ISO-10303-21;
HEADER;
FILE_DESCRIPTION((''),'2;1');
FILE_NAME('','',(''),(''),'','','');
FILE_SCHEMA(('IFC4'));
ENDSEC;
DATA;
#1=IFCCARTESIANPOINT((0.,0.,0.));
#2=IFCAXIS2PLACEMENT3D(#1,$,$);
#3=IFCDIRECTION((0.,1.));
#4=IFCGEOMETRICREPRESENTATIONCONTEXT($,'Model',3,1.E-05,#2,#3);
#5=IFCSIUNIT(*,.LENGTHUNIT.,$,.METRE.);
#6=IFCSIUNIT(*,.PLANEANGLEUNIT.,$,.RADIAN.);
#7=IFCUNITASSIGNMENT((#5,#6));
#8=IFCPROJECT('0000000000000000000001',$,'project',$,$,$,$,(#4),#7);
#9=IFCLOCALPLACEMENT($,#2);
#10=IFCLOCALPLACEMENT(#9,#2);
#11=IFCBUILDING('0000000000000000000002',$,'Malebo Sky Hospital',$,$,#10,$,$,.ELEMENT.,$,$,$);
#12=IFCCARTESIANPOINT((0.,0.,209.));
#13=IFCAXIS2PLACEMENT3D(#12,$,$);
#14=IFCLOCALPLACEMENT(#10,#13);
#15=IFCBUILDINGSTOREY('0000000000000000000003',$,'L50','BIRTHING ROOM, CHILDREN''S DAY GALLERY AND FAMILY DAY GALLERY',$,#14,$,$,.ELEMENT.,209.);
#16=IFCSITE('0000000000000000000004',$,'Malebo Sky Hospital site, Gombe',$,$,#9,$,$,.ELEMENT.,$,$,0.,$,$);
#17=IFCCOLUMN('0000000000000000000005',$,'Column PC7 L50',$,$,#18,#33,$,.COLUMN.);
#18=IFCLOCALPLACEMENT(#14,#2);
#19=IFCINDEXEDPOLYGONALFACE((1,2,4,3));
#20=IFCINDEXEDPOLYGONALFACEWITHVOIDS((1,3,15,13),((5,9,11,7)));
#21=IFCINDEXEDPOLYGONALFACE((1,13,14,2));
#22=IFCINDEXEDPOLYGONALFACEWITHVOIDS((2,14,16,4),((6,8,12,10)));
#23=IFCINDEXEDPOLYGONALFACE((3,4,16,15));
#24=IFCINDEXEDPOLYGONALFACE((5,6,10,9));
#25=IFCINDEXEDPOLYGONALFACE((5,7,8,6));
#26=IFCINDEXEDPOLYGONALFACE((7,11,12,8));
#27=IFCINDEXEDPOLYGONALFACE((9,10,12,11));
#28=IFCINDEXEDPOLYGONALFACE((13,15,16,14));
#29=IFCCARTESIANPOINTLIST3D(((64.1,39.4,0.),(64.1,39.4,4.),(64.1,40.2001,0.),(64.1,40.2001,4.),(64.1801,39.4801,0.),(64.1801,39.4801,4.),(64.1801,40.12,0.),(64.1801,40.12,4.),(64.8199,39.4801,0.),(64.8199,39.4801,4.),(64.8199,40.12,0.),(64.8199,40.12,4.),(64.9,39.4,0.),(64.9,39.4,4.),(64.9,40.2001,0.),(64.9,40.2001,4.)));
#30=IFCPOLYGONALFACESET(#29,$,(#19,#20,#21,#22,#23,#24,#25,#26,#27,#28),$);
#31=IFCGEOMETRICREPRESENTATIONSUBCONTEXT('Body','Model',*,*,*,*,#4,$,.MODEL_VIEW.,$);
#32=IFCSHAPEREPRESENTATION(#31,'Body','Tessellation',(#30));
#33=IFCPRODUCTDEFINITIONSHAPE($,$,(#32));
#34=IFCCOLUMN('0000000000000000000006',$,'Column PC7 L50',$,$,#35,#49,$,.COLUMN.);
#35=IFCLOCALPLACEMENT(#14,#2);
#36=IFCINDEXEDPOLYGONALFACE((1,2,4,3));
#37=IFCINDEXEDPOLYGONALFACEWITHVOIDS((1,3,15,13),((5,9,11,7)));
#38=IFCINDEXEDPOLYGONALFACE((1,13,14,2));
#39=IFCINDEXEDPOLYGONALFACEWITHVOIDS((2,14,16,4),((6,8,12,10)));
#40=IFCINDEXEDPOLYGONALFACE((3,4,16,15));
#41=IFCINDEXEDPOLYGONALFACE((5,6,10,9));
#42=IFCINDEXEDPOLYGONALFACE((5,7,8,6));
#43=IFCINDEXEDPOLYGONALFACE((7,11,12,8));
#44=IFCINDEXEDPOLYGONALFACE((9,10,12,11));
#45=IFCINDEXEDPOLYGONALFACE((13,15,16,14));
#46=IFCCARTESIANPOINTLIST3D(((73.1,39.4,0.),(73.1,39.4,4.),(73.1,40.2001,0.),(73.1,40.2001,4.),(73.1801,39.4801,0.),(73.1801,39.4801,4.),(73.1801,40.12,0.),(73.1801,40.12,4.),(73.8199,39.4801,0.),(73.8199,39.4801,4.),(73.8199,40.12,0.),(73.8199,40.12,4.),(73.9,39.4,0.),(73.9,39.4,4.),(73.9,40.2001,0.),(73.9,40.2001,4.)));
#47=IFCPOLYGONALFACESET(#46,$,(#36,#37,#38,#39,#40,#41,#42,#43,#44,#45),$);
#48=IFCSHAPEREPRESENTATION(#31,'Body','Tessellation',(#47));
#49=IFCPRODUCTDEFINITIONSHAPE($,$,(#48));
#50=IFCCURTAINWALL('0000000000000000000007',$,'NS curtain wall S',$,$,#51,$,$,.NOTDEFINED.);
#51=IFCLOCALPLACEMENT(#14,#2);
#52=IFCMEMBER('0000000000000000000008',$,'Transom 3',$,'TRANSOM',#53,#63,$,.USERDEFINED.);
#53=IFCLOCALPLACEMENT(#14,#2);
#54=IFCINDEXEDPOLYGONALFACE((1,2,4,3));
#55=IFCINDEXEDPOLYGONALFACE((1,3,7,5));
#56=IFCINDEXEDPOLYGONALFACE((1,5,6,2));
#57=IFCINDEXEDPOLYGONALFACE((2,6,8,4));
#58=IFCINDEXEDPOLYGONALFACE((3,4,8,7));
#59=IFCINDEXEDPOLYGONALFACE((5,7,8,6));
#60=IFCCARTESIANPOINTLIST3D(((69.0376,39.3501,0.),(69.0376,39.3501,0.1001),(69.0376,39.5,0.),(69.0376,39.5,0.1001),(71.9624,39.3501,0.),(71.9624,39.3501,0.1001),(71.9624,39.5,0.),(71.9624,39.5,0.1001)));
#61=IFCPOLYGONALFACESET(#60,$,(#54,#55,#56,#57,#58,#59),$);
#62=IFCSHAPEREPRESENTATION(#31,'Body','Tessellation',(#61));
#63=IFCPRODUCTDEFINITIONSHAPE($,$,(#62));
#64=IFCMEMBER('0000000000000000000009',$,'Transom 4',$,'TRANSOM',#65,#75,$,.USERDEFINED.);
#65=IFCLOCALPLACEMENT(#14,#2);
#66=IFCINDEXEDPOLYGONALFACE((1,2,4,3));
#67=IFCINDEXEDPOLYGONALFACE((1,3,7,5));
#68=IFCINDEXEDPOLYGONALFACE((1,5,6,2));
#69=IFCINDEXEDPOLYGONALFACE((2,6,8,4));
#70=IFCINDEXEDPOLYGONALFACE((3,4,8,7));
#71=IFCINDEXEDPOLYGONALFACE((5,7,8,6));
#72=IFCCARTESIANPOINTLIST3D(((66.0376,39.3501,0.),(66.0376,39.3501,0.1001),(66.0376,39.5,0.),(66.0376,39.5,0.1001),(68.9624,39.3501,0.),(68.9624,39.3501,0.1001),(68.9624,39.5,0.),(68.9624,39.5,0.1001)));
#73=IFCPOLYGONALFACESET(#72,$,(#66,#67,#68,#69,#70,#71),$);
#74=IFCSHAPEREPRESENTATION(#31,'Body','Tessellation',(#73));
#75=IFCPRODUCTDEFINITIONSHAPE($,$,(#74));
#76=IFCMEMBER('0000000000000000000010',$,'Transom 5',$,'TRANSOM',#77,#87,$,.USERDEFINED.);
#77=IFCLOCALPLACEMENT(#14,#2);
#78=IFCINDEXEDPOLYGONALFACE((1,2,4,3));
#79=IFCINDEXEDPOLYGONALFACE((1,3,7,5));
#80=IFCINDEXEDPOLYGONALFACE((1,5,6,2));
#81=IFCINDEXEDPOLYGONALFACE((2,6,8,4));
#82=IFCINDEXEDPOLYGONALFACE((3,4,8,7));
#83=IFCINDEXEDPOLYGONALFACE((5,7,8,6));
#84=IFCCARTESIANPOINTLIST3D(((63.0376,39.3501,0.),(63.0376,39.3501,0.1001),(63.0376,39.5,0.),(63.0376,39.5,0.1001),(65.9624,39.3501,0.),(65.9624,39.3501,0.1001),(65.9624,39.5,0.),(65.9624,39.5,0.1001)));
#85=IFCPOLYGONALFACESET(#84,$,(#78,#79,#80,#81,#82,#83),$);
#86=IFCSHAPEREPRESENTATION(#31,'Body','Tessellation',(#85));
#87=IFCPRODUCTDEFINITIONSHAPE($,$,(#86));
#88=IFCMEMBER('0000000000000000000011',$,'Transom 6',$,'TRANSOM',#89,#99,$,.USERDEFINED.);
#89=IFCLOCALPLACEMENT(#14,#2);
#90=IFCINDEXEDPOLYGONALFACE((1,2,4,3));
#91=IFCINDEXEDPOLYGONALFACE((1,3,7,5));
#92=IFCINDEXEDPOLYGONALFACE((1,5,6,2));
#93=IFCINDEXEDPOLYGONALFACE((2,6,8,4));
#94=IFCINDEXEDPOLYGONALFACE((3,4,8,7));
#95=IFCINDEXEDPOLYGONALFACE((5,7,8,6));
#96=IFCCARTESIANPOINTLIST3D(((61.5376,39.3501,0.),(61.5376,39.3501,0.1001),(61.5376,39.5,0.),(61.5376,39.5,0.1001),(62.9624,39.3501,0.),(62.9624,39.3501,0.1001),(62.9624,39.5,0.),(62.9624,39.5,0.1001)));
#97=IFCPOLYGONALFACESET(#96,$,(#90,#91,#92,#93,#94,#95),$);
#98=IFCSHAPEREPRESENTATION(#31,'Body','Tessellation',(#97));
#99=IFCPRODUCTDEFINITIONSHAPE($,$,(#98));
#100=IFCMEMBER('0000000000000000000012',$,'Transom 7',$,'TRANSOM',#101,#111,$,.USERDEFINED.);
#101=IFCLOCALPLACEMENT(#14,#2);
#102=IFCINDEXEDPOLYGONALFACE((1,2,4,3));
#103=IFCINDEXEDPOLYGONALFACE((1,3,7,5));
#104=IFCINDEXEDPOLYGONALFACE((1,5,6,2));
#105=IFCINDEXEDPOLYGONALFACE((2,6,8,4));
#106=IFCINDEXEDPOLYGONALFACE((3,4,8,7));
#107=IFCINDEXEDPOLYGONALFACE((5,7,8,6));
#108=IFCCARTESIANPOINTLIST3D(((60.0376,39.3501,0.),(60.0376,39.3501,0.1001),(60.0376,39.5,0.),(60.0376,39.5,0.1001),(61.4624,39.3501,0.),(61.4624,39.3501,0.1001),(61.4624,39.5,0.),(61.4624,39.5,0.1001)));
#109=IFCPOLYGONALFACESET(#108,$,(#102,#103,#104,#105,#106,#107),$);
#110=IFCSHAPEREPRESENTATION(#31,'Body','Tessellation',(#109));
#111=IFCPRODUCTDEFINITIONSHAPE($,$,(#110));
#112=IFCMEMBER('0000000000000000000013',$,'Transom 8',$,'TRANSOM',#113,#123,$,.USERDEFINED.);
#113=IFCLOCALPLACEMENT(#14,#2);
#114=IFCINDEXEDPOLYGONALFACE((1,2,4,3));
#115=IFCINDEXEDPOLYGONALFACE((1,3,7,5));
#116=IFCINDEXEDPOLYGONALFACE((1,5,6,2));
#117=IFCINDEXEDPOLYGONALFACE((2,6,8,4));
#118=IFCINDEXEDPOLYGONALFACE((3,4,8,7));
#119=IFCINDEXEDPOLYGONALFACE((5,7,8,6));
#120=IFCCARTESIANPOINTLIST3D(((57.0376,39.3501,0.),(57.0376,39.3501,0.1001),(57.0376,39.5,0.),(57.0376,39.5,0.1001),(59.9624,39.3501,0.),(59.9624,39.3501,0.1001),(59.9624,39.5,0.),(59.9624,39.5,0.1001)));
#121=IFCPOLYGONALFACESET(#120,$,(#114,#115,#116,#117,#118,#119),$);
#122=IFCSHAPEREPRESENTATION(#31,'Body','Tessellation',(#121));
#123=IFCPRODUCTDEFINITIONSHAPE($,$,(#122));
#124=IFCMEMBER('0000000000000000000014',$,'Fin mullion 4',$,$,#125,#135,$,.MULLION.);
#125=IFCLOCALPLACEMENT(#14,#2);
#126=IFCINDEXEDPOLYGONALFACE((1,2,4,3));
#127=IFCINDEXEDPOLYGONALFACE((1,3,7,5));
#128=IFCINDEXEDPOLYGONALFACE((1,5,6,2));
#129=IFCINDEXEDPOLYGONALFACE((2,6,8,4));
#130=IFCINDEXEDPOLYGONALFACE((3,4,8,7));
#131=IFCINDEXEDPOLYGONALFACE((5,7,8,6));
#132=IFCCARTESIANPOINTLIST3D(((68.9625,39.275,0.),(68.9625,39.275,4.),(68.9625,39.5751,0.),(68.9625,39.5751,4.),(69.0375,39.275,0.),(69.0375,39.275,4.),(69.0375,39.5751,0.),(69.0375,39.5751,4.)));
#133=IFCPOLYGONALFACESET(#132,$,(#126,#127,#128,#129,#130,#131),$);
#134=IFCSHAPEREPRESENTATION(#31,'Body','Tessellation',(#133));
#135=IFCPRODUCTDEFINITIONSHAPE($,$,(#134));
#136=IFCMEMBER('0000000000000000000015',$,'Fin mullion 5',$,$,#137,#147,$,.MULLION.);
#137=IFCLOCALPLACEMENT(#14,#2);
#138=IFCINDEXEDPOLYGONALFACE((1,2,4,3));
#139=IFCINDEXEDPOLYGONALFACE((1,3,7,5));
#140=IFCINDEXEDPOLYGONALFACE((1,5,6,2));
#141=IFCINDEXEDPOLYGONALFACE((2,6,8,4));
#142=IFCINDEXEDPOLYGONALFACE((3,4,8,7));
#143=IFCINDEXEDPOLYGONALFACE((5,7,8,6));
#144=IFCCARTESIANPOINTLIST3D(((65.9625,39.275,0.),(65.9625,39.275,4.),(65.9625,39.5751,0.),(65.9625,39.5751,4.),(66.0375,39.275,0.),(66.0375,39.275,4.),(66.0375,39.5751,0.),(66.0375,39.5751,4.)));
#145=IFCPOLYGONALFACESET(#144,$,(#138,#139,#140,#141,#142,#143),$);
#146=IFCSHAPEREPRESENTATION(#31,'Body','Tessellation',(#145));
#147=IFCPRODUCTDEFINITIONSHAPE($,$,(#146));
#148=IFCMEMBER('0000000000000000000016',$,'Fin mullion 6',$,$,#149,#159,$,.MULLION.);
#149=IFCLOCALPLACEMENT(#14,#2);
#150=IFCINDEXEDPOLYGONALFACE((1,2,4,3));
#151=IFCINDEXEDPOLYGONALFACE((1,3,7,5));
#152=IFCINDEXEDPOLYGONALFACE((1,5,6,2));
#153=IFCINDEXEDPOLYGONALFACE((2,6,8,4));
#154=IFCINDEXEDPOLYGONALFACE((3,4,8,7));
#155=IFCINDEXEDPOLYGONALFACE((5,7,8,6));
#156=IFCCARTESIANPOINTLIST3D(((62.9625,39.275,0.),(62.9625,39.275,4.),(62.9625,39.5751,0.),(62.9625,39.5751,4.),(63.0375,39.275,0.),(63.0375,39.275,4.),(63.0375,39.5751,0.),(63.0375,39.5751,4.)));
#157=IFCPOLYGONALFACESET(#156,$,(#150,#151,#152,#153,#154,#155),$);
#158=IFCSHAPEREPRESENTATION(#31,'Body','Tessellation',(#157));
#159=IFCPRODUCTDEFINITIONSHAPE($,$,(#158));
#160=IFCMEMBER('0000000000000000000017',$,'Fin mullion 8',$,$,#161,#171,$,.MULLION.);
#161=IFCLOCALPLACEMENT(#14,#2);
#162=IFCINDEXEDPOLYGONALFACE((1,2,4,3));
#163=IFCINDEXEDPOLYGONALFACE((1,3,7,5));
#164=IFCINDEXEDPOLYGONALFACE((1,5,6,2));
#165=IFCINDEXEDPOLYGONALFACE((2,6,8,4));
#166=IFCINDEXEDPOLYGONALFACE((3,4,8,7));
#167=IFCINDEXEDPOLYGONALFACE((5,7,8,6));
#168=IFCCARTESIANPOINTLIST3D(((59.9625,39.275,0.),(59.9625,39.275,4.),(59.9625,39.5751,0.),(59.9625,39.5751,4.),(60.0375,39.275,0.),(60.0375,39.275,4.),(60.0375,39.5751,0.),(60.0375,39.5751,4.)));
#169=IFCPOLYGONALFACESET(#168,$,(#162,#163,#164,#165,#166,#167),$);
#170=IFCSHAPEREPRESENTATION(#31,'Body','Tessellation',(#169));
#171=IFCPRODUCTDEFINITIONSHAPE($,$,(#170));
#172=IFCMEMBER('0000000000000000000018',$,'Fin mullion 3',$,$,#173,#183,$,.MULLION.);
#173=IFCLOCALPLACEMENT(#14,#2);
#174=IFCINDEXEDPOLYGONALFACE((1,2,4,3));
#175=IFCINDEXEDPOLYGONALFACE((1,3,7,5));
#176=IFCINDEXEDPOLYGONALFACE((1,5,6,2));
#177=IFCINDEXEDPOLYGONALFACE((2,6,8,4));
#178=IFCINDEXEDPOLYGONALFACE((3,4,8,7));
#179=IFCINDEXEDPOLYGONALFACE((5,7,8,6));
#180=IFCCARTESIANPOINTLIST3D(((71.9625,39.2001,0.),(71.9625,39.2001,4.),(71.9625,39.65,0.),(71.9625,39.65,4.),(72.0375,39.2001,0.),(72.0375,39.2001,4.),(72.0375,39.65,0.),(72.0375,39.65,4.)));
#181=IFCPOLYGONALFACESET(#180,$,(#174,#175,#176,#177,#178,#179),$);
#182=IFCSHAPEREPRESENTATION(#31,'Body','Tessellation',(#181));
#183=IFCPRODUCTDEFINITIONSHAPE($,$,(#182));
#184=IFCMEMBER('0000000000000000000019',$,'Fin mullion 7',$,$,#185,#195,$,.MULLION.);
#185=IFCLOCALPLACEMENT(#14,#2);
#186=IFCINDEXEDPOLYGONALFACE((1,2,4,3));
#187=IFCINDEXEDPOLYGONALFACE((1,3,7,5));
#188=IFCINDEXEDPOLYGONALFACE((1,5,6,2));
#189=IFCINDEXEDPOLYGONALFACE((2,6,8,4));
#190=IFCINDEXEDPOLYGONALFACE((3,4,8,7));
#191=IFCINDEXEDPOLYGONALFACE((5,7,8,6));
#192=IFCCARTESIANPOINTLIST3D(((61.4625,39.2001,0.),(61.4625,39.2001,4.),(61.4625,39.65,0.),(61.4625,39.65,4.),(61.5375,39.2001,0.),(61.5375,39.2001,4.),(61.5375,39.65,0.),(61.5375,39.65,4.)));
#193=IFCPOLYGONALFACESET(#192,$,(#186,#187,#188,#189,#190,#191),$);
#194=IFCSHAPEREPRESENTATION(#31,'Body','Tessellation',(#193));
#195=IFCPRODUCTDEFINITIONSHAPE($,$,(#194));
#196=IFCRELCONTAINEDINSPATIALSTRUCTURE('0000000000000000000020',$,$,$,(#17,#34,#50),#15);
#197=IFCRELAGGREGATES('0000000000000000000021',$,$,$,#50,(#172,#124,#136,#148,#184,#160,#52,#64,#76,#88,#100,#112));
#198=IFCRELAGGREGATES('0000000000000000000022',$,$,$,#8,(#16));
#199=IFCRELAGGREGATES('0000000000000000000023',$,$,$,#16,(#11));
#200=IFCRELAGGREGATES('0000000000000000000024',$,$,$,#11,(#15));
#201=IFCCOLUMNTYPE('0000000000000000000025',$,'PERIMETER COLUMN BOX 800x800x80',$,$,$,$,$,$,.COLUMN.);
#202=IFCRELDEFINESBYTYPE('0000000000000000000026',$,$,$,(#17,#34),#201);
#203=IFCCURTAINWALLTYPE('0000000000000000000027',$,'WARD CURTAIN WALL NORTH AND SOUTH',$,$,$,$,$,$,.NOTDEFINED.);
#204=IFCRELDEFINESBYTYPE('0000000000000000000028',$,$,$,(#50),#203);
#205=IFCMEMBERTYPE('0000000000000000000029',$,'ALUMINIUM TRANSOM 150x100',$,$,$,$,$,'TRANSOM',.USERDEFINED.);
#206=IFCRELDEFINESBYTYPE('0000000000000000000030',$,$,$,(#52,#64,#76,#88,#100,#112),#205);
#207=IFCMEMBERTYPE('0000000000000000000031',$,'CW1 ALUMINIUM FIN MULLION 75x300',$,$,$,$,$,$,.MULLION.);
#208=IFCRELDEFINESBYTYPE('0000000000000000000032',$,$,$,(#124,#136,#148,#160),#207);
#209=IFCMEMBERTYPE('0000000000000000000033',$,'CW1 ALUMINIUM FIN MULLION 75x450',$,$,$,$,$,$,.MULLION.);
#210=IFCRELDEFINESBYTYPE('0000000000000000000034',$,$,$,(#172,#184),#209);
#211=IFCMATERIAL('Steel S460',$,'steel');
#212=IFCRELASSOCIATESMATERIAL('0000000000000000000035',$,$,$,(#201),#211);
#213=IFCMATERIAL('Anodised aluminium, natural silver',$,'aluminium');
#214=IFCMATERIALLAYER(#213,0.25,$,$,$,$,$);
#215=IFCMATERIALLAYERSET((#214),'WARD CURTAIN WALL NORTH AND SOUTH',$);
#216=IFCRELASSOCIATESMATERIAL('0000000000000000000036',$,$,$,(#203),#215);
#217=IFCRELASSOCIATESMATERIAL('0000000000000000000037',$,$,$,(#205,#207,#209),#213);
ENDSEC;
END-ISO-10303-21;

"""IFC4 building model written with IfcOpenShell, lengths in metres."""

from ifc_helpers import new_model, si_unit, direction, frame, origin, origin_2d, place, context, subcontext, project, spatial, rectangle, hollow_rectangle, extrude, material, layer, layer_set, material_profile, profile_set, type_object, element, aggregate, save


model = new_model("IFC4")

# Units and contexts
model_context = context("Model", 3, precision=1e-05, world=origin(), true_north=direction((0.0, 1.0)))
body_context = subcontext(model_context, "Body", "Model", "MODEL_VIEW")
ifc_project = project(units=[si_unit("LENGTHUNIT", "METRE"), si_unit("PLANEANGLEUNIT", "RADIAN")], contexts=[model_context])

# Site, building, storey
site_placement = place(None, origin())
site = spatial("IfcSite", under=ifc_project, at=site_placement, Name="Malebo Sky Hospital site, Gombe", CompositionType="ELEMENT", RefElevation=0.0)
building_placement = place(site_placement, origin())
building = spatial("IfcBuilding", under=site, at=building_placement, Name="Malebo Sky Hospital", CompositionType="ELEMENT")
storey_placement = place(building_placement, frame((0.0, 0.0, 209.0)))
storey = spatial("IfcBuildingStorey", under=building, at=storey_placement, Name="L50", Description="BIRTHING ROOM, CHILDREN'S DAY GALLERY AND FAMILY DAY GALLERY", CompositionType="ELEMENT", Elevation=209.0)

# Columns
ifc_material_1 = material(Name="Steel S460", Category="steel")
ifc_material_profile_1 = material_profile(ifc_material_1, hollow_rectangle(XDim=0.8, YDim=0.8, WallThickness=0.0801, at=origin_2d()), Name="BOX 800x800x80")
ifc_profile_set_1 = profile_set([ifc_material_profile_1], Name="Steel S460")
column_type = type_object("IfcColumnType", Name="PERIMETER COLUMN BOX 800x800x80", PredefinedType="COLUMN", material=ifc_profile_set_1)
for number, where, z_axis, x_axis, name in (
    (1, (64.5, 39.8, 0.0), (0.0, 0.0, 1.0), (1.0, 0.0, 0.0), "Column PC7 L50"),
    (2, (73.5, 39.8, 0.0), (0.0, 0.0, 1.0), (1.0, 0.0, 0.0), "Column PC7 L50"),
):
    element("IfcColumn", number, at=place(storey_placement, frame(where, z_axis=z_axis, x_axis=x_axis)), inside=storey, type_object=column_type, Name=name, PredefinedType="COLUMN", context=body_context, shape_type="SweptSolid", body=[
        extrude(hollow_rectangle(XDim=0.8, YDim=0.8, WallThickness=0.0801, at=origin_2d()), origin(), (0.0, 0.0, 1.0), 4.0),
    ])

# Curtain wall, members
ifc_material_2 = material(Name="Anodised aluminium, natural silver", Category="aluminium")
ifc_layer_1 = layer(ifc_material_2, 0.25)
ifc_layer_set_1 = layer_set([ifc_layer_1], Name="WARD CURTAIN WALL NORTH AND SOUTH")
curtain_wall_type = type_object("IfcCurtainWallType", Name="WARD CURTAIN WALL NORTH AND SOUTH", PredefinedType="NOTDEFINED", material=ifc_layer_set_1)
curtain_wall_placement = place(storey_placement, origin())
curtain_wall = element("IfcCurtainWall", 3, at=curtain_wall_placement, inside=storey, type_object=curtain_wall_type, Name="NS curtain wall S", PredefinedType="NOTDEFINED")
ifc_material_profile_2 = material_profile(ifc_material_2, rectangle(XDim=0.1499, YDim=0.1001, at=origin_2d()), Name="ALUMINIUM TRANSOM 150x100")
ifc_profile_set_2 = profile_set([ifc_material_profile_2], Name="Anodised aluminium, natural silver")
member_type_1 = type_object("IfcMemberType", Name="ALUMINIUM TRANSOM 150x100", ElementType="TRANSOM", PredefinedType="USERDEFINED", material=ifc_profile_set_2)
member_1_placement = place(storey_placement, frame((71.9624, 39.425, 0.05), z_axis=(-1.0, 0.0, 0.0), x_axis=(0.0, -1.0, 0.0)))
member_1 = element("IfcMember", 4, at=member_1_placement, type_object=member_type_1, Name="Transom 3", ObjectType="TRANSOM", PredefinedType="USERDEFINED", context=body_context, shape_type="SweptSolid", body=[
    extrude(rectangle(XDim=0.1499, YDim=0.1001, at=origin_2d()), origin(), (0.0, 0.0, 1.0), 2.9248),
])
member_2_placement = place(storey_placement, frame((68.9624, 39.425, 0.05), z_axis=(-1.0, 0.0, 0.0), x_axis=(0.0, -1.0, 0.0)))
member_2 = element("IfcMember", 5, at=member_2_placement, type_object=member_type_1, Name="Transom 4", ObjectType="TRANSOM", PredefinedType="USERDEFINED", context=body_context, shape_type="SweptSolid", body=[
    extrude(rectangle(XDim=0.1499, YDim=0.1001, at=origin_2d()), origin(), (0.0, 0.0, 1.0), 2.9248),
])
member_3_placement = place(storey_placement, frame((65.9624, 39.425, 0.05), z_axis=(-1.0, 0.0, 0.0), x_axis=(0.0, -1.0, 0.0)))
member_3 = element("IfcMember", 6, at=member_3_placement, type_object=member_type_1, Name="Transom 5", ObjectType="TRANSOM", PredefinedType="USERDEFINED", context=body_context, shape_type="SweptSolid", body=[
    extrude(rectangle(XDim=0.1499, YDim=0.1001, at=origin_2d()), origin(), (0.0, 0.0, 1.0), 2.9248),
])
member_4_placement = place(storey_placement, frame((62.9624, 39.425, 0.05), z_axis=(-1.0, 0.0, 0.0), x_axis=(0.0, -1.0, 0.0)))
member_4 = element("IfcMember", 7, at=member_4_placement, type_object=member_type_1, Name="Transom 6", ObjectType="TRANSOM", PredefinedType="USERDEFINED", context=body_context, shape_type="SweptSolid", body=[
    extrude(rectangle(XDim=0.1499, YDim=0.1001, at=origin_2d()), origin(), (0.0, 0.0, 1.0), 1.4248),
])
member_5_placement = place(storey_placement, frame((61.4624, 39.425, 0.05), z_axis=(-1.0, 0.0, 0.0), x_axis=(0.0, -1.0, 0.0)))
member_5 = element("IfcMember", 8, at=member_5_placement, type_object=member_type_1, Name="Transom 7", ObjectType="TRANSOM", PredefinedType="USERDEFINED", context=body_context, shape_type="SweptSolid", body=[
    extrude(rectangle(XDim=0.1499, YDim=0.1001, at=origin_2d()), origin(), (0.0, 0.0, 1.0), 1.4248),
])
member_6_placement = place(storey_placement, frame((59.9624, 39.425, 0.05), z_axis=(-1.0, 0.0, 0.0), x_axis=(0.0, -1.0, 0.0)))
member_6 = element("IfcMember", 9, at=member_6_placement, type_object=member_type_1, Name="Transom 8", ObjectType="TRANSOM", PredefinedType="USERDEFINED", context=body_context, shape_type="SweptSolid", body=[
    extrude(rectangle(XDim=0.1499, YDim=0.1001, at=origin_2d()), origin(), (0.0, 0.0, 1.0), 2.9248),
])
ifc_material_profile_3 = material_profile(ifc_material_2, rectangle(XDim=0.075, YDim=0.3, at=origin_2d()), Name="CW1 ALUMINIUM FIN MULLION 75x300")
ifc_profile_set_3 = profile_set([ifc_material_profile_3], Name="Anodised aluminium, natural silver")
member_type_2 = type_object("IfcMemberType", Name="CW1 ALUMINIUM FIN MULLION 75x300", PredefinedType="MULLION", material=ifc_profile_set_3)
member_7_placement = place(storey_placement, frame((69.0, 39.425, 0.0), z_axis=(0.0, 0.0, 1.0), x_axis=(-1.0, 0.0, 0.0)))
member_7 = element("IfcMember", 10, at=member_7_placement, type_object=member_type_2, Name="Fin mullion 4", PredefinedType="MULLION", context=body_context, shape_type="SweptSolid", body=[
    extrude(rectangle(XDim=0.075, YDim=0.3, at=origin_2d()), origin(), (0.0, 0.0, 1.0), 4.0),
])
member_8_placement = place(storey_placement, frame((66.0, 39.425, 0.0), z_axis=(0.0, 0.0, 1.0), x_axis=(-1.0, 0.0, 0.0)))
member_8 = element("IfcMember", 11, at=member_8_placement, type_object=member_type_2, Name="Fin mullion 5", PredefinedType="MULLION", context=body_context, shape_type="SweptSolid", body=[
    extrude(rectangle(XDim=0.075, YDim=0.3, at=origin_2d()), origin(), (0.0, 0.0, 1.0), 4.0),
])
member_9_placement = place(storey_placement, frame((63.0, 39.425, 0.0), z_axis=(0.0, 0.0, 1.0), x_axis=(-1.0, 0.0, 0.0)))
member_9 = element("IfcMember", 12, at=member_9_placement, type_object=member_type_2, Name="Fin mullion 6", PredefinedType="MULLION", context=body_context, shape_type="SweptSolid", body=[
    extrude(rectangle(XDim=0.075, YDim=0.3, at=origin_2d()), origin(), (0.0, 0.0, 1.0), 4.0),
])
member_10_placement = place(storey_placement, frame((60.0, 39.425, 0.0), z_axis=(0.0, 0.0, 1.0), x_axis=(-1.0, 0.0, 0.0)))
member_10 = element("IfcMember", 13, at=member_10_placement, type_object=member_type_2, Name="Fin mullion 8", PredefinedType="MULLION", context=body_context, shape_type="SweptSolid", body=[
    extrude(rectangle(XDim=0.075, YDim=0.3, at=origin_2d()), origin(), (0.0, 0.0, 1.0), 4.0),
])
ifc_material_profile_4 = material_profile(ifc_material_2, rectangle(XDim=0.075, YDim=0.45, at=origin_2d()), Name="CW1 ALUMINIUM FIN MULLION 75x450")
ifc_profile_set_4 = profile_set([ifc_material_profile_4], Name="Anodised aluminium, natural silver")
member_type_3 = type_object("IfcMemberType", Name="CW1 ALUMINIUM FIN MULLION 75x450", PredefinedType="MULLION", material=ifc_profile_set_4)
member_11_placement = place(storey_placement, frame((72.0, 39.425, 0.0), z_axis=(0.0, 0.0, 1.0), x_axis=(-1.0, 0.0, 0.0)))
member_11 = element("IfcMember", 14, at=member_11_placement, type_object=member_type_3, Name="Fin mullion 3", PredefinedType="MULLION", context=body_context, shape_type="SweptSolid", body=[
    extrude(rectangle(XDim=0.075, YDim=0.45, at=origin_2d()), origin(), (0.0, 0.0, 1.0), 4.0),
])
member_12_placement = place(storey_placement, frame((61.5, 39.425, 0.0), z_axis=(0.0, 0.0, 1.0), x_axis=(-1.0, 0.0, 0.0)))
member_12 = element("IfcMember", 15, at=member_12_placement, type_object=member_type_3, Name="Fin mullion 7", PredefinedType="MULLION", context=body_context, shape_type="SweptSolid", body=[
    extrude(rectangle(XDim=0.075, YDim=0.45, at=origin_2d()), origin(), (0.0, 0.0, 1.0), 4.0),
])

aggregate(curtain_wall, [member_11, member_7, member_8, member_9, member_12, member_10, member_1, member_2, member_3, member_4, member_5, member_6])

save(model, "model.ifc")
